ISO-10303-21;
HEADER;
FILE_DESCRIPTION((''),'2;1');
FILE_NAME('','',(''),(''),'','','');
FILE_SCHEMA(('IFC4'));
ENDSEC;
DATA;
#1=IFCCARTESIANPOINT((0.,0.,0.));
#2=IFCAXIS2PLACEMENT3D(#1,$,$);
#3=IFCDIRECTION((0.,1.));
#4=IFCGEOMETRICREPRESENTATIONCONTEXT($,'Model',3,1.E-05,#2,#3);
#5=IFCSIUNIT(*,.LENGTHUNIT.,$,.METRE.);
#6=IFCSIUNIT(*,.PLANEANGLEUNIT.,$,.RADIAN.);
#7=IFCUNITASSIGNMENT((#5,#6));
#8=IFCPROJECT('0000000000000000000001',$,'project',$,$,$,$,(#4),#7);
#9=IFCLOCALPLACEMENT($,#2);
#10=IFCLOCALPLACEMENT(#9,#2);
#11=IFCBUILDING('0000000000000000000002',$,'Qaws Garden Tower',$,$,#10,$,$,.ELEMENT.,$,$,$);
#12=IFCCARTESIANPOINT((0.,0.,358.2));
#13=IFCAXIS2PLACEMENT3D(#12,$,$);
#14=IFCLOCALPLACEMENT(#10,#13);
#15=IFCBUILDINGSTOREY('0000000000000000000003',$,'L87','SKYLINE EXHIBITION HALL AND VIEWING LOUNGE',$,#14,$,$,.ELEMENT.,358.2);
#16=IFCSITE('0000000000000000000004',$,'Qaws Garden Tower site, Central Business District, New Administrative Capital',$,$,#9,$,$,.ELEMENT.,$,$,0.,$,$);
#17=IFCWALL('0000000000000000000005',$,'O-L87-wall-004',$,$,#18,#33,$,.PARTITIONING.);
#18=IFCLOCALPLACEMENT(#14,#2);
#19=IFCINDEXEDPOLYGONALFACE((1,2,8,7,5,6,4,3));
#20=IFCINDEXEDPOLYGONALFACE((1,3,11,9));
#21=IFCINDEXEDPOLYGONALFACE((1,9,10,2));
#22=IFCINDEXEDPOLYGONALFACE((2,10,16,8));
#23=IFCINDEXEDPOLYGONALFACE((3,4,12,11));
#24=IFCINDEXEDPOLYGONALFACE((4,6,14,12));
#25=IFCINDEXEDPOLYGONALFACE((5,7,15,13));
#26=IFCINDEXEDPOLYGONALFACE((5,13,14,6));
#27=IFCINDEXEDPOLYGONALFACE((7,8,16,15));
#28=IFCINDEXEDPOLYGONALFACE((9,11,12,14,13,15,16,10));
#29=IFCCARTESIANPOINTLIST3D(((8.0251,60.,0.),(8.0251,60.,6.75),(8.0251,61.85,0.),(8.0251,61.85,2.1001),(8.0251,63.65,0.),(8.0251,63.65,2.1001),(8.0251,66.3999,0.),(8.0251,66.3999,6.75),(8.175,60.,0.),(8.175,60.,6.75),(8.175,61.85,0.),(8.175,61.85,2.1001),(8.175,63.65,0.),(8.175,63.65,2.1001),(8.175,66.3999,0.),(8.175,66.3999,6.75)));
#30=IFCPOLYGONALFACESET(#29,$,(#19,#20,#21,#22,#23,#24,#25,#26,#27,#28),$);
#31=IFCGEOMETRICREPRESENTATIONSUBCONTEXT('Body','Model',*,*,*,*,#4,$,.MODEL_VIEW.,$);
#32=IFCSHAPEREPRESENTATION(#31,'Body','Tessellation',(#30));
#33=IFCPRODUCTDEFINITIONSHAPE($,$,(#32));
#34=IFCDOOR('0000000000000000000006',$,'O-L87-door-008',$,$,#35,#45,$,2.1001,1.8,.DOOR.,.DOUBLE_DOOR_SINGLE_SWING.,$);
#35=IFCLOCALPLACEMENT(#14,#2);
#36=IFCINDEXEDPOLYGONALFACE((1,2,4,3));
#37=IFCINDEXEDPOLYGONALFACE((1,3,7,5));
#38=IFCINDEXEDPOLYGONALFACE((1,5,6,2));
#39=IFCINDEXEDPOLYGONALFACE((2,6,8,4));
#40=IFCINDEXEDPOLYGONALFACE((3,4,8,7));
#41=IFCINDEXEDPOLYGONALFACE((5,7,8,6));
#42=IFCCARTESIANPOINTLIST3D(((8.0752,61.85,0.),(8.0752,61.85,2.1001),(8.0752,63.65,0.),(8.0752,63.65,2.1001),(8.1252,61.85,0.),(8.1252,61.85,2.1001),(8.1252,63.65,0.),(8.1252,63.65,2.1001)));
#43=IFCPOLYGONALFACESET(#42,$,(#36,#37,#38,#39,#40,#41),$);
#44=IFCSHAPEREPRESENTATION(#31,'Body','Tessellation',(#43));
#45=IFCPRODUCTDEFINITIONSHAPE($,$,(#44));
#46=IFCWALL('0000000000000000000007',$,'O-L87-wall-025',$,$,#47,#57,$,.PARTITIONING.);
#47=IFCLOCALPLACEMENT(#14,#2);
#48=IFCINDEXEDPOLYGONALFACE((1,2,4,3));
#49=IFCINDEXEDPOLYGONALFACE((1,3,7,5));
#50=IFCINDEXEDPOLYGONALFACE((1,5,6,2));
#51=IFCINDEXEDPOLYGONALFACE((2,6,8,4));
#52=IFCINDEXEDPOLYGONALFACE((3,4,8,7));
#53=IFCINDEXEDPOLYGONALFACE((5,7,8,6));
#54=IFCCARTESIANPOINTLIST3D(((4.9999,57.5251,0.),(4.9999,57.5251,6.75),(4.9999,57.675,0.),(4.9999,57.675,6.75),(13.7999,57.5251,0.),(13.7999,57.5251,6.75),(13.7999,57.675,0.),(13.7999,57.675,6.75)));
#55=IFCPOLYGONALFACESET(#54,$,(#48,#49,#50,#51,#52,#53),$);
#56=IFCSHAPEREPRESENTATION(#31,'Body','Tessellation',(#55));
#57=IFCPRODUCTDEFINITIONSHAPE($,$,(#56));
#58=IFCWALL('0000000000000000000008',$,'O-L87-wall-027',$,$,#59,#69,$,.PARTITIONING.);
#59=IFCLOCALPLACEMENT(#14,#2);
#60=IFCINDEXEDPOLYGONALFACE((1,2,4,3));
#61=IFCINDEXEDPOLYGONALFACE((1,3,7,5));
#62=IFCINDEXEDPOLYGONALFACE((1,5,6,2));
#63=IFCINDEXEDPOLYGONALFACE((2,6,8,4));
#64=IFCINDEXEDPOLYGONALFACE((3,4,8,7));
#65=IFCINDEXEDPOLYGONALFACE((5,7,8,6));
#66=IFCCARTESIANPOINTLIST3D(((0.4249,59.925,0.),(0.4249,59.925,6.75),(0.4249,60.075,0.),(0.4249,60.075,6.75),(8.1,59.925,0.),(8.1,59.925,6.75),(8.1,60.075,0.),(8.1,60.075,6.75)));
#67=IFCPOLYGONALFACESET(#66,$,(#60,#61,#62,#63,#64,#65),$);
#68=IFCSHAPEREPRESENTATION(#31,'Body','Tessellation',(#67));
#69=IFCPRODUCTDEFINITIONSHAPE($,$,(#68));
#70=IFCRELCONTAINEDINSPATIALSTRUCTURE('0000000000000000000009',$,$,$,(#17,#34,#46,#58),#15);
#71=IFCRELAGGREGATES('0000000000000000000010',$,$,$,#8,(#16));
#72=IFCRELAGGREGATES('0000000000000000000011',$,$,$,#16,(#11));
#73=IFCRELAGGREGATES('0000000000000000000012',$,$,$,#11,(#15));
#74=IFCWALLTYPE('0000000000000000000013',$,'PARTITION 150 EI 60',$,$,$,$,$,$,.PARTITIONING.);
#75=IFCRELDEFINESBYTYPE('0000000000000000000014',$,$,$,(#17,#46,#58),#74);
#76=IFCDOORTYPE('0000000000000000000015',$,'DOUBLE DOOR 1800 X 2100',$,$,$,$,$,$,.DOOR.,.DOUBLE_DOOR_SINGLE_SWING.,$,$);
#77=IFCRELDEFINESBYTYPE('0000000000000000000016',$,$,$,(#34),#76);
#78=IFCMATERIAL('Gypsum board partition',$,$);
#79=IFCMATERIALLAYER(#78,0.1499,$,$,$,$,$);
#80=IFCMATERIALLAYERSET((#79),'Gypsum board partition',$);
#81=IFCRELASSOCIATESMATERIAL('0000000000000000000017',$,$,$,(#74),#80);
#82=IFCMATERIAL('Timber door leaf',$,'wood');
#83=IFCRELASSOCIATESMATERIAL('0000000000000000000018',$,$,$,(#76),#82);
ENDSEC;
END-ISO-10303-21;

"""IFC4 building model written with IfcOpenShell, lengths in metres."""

from ifc_helpers import new_model, si_unit, direction, frame, frame_2d, origin, place, context, subcontext, project, spatial, rectangle, extrude, material, layer, layer_set, type_object, element, fill, save


model = new_model("IFC4")

# Units and contexts
model_context = context("Model", 3, precision=1e-05, world=origin(), true_north=direction((0.0, 1.0)))
body_context = subcontext(model_context, "Body", "Model", "MODEL_VIEW")
ifc_project = project(units=[si_unit("LENGTHUNIT", "METRE"), si_unit("PLANEANGLEUNIT", "RADIAN")], contexts=[model_context])

# Site, building, storey
site_placement = place(None, origin())
site = spatial("IfcSite", under=ifc_project, at=site_placement, Name="Qaws Garden Tower site, Central Business District, New Administrative Capital", CompositionType="ELEMENT", RefElevation=0.0)
building_placement = place(site_placement, origin())
building = spatial("IfcBuilding", under=site, at=building_placement, Name="Qaws Garden Tower", CompositionType="ELEMENT")
storey_placement = place(building_placement, frame((0.0, 0.0, 358.2)))
storey = spatial("IfcBuildingStorey", under=building, at=storey_placement, Name="L87", Description="SKYLINE EXHIBITION HALL AND VIEWING LOUNGE", CompositionType="ELEMENT", Elevation=358.2)

# Shared definitions
ifc_material_1 = material(Name="Gypsum board partition")
ifc_layer_1 = layer(ifc_material_1, 0.1499)
ifc_layer_set_1 = layer_set([ifc_layer_1], Name="Gypsum board partition")
wall_type = type_object("IfcWallType", Name="PARTITION 150 EI 60", PredefinedType="PARTITIONING", material=ifc_layer_set_1)

# Wall, opening, door
wall_1_placement = place(storey_placement, frame((8.1001, 60.0, 0.0), z_axis=(0.0, 0.0, 1.0), x_axis=(0.0, 1.0, 0.0)))
wall_1 = element("IfcWall", 1, at=wall_1_placement, inside=storey, type_object=wall_type, Name="O-L87-wall-004", PredefinedType="PARTITIONING", context=body_context, shape_type="SweptSolid", body=[
    extrude(rectangle(XDim=6.3999, YDim=0.1499, at=frame_2d((3.2, 0.0))), origin(), (0.0, 0.0, 1.0), 6.75),
])
opening_placement = place(wall_1_placement, frame((1.8501, 0.0, 0.0)))
opening = element("IfcOpeningElement", 2, at=opening_placement, cuts=wall_1, PredefinedType="OPENING", context=body_context, shape_type="SweptSolid", body=[
    extrude(rectangle(XDim=1.8, YDim=2.1001, at=frame_2d((0.8999, 1.05))), frame((0.0, 0.085, 0.0), z_axis=(0.0, -1.0, 0.0), x_axis=(1.0, 0.0, 0.0)), (0.0, 0.0, 1.0), 0.1699),
])
ifc_material_2 = material(Name="Timber door leaf", Category="wood")
door_type = type_object("IfcDoorType", Name="DOUBLE DOOR 1800 X 2100", OperationType="DOUBLE_DOOR_SINGLE_SWING", PredefinedType="DOOR", material=ifc_material_2)
door_placement = place(opening_placement, origin())
door = element("IfcDoor", 3, at=door_placement, inside=storey, type_object=door_type, Name="O-L87-door-008", OperationType="DOUBLE_DOOR_SINGLE_SWING", OverallHeight=2.1001, OverallWidth=1.8, PredefinedType="DOOR", context=body_context, shape_type="SweptSolid", body=[
    extrude(rectangle(XDim=1.8, YDim=2.1001, at=frame_2d((0.8999, 1.05))), frame((0.0, 0.0249, 0.0), z_axis=(0.0, -1.0, 0.0), x_axis=(1.0, 0.0, 0.0)), (0.0, 0.0, 1.0), 0.05),
])
fill(opening, door)

# Walls
wall_2_placement = place(storey_placement, frame((5.0, 57.6001, 0.0), z_axis=(0.0, 0.0, 1.0), x_axis=(1.0, 0.0, 0.0)))
element("IfcWall", 4, at=wall_2_placement, inside=storey, type_object=wall_type, Name="O-L87-wall-025", PredefinedType="PARTITIONING", context=body_context, shape_type="SweptSolid", body=[
    extrude(rectangle(XDim=8.8, YDim=0.1499, at=frame_2d((4.3999, 0.0))), origin(), (0.0, 0.0, 1.0), 6.75),
])
wall_3_placement = place(storey_placement, frame((0.425, 60.0, 0.0), z_axis=(0.0, 0.0, 1.0), x_axis=(1.0, 0.0, 0.0)))
element("IfcWall", 5, at=wall_3_placement, inside=storey, type_object=wall_type, Name="O-L87-wall-027", PredefinedType="PARTITIONING", context=body_context, shape_type="SweptSolid", body=[
    extrude(rectangle(XDim=7.675, YDim=0.1499, at=frame_2d((3.8374, 0.0))), origin(), (0.0, 0.0, 1.0), 6.75),
])

save(model, "model.ifc")
